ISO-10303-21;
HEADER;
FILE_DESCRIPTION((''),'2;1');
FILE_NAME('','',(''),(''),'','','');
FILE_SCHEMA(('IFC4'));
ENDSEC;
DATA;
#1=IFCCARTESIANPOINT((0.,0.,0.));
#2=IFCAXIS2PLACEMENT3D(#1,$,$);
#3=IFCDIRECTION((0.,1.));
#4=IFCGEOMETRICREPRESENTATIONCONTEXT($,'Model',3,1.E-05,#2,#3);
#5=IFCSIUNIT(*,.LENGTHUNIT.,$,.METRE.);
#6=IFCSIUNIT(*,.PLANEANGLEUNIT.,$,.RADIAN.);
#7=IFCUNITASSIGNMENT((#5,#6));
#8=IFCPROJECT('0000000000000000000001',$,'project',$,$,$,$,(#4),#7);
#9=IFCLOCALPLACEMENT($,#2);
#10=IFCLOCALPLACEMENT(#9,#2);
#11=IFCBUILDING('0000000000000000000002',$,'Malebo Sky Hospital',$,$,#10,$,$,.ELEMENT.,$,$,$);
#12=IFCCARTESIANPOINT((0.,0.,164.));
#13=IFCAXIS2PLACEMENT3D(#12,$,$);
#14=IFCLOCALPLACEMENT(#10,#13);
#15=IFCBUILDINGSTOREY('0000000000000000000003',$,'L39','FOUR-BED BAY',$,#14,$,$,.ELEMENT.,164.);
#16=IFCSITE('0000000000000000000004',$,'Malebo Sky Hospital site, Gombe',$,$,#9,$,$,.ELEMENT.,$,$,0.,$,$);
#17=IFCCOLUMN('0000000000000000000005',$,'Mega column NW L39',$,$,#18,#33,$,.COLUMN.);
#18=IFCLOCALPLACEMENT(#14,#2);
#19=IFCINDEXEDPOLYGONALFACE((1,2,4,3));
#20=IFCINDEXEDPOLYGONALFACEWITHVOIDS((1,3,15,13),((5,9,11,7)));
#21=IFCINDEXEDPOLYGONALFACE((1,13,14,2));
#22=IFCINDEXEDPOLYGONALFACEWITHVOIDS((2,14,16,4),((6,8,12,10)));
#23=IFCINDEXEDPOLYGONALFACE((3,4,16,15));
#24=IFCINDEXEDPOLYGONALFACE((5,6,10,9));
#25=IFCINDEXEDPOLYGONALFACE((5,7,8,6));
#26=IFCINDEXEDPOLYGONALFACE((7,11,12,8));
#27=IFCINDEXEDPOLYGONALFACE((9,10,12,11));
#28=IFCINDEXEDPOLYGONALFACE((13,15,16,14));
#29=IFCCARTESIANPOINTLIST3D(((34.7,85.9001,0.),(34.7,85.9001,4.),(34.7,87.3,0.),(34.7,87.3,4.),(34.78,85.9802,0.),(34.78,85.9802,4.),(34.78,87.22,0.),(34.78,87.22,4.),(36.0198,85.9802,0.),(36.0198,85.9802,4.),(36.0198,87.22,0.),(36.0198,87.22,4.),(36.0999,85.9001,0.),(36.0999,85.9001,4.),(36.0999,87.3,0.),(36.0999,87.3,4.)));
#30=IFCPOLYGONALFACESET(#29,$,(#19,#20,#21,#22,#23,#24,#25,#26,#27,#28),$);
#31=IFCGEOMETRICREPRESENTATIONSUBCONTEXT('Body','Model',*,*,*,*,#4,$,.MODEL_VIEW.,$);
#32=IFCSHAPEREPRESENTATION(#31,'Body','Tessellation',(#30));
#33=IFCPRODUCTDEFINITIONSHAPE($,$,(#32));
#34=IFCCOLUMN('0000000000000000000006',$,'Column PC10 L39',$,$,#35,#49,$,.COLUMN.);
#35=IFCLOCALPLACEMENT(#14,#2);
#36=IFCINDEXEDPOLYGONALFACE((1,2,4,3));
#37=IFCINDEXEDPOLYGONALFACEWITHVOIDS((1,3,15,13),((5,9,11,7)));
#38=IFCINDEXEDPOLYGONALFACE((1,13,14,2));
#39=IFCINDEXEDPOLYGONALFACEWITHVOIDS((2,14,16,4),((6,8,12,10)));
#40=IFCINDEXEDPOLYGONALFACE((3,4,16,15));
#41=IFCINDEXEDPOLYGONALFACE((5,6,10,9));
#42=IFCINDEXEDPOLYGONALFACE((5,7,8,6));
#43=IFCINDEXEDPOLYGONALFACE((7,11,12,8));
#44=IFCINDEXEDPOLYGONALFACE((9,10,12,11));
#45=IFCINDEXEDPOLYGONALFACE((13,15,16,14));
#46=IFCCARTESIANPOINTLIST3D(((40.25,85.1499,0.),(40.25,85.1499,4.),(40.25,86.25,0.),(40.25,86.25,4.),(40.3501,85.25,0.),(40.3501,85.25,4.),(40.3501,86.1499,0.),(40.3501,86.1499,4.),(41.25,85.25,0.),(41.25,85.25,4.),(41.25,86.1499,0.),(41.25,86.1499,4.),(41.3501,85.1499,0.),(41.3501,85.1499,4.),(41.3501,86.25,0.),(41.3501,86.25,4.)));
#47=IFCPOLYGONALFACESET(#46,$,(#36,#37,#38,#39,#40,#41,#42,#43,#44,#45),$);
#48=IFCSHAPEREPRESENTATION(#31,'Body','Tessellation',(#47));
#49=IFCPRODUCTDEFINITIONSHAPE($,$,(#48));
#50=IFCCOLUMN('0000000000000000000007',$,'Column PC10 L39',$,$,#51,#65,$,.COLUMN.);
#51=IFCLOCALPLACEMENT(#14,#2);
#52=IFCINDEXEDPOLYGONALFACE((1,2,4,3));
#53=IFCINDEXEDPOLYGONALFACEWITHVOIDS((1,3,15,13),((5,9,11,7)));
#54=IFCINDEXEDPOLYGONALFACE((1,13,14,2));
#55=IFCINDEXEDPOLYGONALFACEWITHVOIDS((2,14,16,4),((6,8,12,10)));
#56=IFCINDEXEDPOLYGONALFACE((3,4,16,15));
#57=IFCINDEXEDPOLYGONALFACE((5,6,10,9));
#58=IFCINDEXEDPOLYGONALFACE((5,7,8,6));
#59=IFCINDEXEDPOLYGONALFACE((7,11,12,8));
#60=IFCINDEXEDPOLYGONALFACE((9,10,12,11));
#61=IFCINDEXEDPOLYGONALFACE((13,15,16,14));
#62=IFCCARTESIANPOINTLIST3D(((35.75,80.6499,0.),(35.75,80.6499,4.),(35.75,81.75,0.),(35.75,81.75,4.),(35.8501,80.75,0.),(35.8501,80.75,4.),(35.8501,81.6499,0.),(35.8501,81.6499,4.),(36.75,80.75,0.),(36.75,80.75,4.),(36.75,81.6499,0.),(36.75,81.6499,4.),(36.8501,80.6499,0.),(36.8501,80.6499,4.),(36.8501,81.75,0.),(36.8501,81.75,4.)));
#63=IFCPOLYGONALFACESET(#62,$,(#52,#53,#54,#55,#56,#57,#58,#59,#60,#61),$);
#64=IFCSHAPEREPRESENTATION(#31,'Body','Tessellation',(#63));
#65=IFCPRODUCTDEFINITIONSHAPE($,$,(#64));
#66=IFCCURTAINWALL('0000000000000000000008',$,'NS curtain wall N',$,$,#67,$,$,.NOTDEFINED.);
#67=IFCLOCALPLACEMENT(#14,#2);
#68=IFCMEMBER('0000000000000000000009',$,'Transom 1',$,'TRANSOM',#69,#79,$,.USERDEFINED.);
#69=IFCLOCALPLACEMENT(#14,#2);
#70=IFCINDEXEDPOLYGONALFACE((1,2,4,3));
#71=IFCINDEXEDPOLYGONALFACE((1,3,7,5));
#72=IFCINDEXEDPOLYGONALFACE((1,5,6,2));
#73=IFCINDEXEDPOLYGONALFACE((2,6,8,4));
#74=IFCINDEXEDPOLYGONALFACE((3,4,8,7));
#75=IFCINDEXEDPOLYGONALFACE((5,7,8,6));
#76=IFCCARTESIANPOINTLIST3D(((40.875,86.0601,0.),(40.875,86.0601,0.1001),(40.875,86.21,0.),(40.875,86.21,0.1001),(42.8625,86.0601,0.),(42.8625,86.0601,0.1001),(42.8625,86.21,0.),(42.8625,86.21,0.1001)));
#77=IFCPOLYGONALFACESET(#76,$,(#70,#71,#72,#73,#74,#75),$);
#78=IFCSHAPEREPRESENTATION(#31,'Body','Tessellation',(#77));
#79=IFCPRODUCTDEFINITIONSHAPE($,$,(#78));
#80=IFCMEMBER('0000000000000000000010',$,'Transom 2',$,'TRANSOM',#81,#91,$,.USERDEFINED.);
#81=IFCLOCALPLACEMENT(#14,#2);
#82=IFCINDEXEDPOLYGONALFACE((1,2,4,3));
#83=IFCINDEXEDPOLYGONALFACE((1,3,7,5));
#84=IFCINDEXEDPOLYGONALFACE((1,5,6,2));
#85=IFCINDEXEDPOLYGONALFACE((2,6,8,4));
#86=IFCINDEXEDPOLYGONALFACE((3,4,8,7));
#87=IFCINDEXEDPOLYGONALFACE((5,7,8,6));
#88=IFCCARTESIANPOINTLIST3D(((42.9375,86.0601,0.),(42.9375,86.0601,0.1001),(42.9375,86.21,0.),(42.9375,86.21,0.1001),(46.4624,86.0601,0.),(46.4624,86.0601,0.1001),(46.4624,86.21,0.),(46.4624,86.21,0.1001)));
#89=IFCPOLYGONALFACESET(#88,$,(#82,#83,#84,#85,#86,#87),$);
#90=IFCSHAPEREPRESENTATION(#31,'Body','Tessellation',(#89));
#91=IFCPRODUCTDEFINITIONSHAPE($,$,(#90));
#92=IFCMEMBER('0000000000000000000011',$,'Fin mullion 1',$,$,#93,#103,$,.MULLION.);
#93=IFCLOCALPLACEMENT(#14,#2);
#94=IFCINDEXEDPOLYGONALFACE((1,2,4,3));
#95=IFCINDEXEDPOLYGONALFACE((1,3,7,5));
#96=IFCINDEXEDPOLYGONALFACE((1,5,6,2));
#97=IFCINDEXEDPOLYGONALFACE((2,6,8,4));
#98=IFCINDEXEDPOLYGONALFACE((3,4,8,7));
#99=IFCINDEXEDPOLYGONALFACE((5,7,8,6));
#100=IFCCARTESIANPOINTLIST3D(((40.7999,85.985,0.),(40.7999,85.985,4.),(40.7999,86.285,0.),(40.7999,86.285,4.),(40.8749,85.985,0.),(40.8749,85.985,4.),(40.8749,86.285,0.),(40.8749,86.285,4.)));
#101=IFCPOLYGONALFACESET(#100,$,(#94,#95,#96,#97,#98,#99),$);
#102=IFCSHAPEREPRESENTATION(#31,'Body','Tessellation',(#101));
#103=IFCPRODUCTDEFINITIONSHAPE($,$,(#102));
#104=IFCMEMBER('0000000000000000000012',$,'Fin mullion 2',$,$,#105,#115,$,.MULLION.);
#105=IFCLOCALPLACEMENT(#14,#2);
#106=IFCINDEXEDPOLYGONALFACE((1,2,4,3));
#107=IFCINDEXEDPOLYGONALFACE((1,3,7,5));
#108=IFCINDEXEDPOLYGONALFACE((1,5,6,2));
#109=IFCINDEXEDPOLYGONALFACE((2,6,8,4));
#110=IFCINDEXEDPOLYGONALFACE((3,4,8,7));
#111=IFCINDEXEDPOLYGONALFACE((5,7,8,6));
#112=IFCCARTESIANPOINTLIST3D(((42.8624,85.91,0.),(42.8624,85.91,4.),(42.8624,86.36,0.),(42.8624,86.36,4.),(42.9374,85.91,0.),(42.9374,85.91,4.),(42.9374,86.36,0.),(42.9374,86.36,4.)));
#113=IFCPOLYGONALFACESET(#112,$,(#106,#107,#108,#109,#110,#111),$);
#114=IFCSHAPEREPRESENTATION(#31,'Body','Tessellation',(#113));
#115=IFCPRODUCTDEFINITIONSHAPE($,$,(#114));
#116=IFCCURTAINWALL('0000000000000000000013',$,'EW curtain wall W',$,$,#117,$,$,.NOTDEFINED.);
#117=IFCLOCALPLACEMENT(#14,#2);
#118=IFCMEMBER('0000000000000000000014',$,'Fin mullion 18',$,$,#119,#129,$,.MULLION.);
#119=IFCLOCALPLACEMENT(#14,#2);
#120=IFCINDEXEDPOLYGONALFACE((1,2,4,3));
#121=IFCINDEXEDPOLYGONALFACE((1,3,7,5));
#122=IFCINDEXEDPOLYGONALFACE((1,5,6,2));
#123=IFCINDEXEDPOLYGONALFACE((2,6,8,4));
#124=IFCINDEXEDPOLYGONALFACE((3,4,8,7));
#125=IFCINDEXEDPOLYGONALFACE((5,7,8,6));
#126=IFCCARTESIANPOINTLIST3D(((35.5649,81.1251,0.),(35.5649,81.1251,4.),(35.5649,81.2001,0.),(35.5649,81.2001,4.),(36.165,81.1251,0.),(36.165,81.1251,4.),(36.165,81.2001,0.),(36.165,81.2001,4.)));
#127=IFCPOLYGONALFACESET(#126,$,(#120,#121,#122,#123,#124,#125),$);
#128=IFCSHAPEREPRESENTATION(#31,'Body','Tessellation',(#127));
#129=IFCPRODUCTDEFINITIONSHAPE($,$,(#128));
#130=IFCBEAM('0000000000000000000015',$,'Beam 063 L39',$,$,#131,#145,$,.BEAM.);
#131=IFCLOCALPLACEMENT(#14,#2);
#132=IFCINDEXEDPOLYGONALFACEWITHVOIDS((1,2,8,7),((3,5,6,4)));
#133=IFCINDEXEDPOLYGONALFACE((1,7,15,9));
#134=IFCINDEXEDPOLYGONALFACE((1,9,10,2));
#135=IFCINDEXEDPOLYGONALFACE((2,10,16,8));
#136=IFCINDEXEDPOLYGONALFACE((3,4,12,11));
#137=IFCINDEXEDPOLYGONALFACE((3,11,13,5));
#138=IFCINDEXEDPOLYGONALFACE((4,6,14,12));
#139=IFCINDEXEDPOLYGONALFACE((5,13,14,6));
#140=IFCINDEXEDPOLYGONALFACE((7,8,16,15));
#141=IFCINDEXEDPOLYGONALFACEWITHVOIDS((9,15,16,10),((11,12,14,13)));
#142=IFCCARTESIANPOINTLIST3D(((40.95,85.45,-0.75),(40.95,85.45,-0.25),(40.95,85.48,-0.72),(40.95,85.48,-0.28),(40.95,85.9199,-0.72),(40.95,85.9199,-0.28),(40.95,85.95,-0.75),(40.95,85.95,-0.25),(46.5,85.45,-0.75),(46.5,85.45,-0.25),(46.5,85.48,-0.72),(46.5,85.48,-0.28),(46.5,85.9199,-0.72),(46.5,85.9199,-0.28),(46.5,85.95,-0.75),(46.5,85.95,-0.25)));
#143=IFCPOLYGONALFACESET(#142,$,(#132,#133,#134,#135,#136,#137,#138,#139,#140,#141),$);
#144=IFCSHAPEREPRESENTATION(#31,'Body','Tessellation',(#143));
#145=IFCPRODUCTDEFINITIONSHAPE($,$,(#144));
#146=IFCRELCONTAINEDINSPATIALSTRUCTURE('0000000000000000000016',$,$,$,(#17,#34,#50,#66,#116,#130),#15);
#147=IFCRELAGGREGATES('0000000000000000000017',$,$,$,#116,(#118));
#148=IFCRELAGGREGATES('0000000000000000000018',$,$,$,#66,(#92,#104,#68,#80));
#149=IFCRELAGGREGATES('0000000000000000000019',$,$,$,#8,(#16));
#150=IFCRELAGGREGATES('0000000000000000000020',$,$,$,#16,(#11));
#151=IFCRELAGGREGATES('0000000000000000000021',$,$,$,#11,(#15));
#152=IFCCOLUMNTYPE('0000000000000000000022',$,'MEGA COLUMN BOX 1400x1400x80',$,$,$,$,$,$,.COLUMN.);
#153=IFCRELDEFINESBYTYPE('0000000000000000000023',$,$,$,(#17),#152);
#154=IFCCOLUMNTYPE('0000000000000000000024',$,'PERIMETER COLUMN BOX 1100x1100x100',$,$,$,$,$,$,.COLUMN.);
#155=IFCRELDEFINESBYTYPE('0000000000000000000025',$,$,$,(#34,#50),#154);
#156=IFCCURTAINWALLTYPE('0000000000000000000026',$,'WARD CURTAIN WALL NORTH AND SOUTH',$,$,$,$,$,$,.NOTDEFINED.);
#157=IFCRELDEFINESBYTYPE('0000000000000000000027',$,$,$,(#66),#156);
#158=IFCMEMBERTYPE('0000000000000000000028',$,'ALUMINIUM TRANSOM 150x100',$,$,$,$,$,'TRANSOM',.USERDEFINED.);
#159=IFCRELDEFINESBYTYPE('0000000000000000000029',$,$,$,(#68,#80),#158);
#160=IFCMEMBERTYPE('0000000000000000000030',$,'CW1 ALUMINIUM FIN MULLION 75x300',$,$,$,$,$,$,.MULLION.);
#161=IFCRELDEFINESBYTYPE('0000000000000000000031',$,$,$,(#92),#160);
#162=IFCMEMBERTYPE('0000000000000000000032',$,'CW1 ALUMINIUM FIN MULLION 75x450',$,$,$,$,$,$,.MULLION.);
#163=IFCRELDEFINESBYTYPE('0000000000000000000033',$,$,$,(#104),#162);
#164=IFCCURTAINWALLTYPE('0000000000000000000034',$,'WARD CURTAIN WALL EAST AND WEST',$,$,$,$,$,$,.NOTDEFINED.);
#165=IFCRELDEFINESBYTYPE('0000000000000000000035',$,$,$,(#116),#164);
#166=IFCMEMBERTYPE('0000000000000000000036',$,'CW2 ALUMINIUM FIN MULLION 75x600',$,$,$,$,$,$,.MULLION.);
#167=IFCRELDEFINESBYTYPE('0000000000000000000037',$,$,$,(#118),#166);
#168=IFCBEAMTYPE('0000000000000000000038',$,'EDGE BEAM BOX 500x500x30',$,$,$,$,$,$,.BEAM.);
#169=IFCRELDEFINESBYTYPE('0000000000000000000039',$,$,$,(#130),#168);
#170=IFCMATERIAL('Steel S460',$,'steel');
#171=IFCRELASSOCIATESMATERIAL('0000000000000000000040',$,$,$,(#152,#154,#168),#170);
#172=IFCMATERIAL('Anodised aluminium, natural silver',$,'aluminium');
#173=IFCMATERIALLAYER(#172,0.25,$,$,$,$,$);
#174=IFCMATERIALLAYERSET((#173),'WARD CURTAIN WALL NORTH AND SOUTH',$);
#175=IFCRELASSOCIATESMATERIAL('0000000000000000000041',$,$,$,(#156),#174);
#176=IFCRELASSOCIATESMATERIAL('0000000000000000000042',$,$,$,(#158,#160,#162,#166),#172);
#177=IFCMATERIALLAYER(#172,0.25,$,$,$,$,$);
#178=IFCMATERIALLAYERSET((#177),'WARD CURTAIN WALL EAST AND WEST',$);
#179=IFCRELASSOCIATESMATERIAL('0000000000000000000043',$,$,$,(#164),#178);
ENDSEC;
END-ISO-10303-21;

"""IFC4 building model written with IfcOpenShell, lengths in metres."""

from ifc_helpers import new_model, si_unit, direction, frame, origin, origin_2d, place, context, subcontext, project, spatial, rectangle, hollow_rectangle, extrude, material, layer, layer_set, material_profile, profile_set, type_object, element, aggregate, save


model = new_model("IFC4")

# Units and contexts
model_context = context("Model", 3, precision=1e-05, world=origin(), true_north=direction((0.0, 1.0)))
body_context = subcontext(model_context, "Body", "Model", "MODEL_VIEW")
ifc_project = project(units=[si_unit("LENGTHUNIT", "METRE"), si_unit("PLANEANGLEUNIT", "RADIAN")], contexts=[model_context])

# Site, building, storey
site_placement = place(None, origin())
site = spatial("IfcSite", under=ifc_project, at=site_placement, Name="Malebo Sky Hospital site, Gombe", CompositionType="ELEMENT", RefElevation=0.0)
building_placement = place(site_placement, origin())
building = spatial("IfcBuilding", under=site, at=building_placement, Name="Malebo Sky Hospital", CompositionType="ELEMENT")
storey_placement = place(building_placement, frame((0.0, 0.0, 164.0)))
storey = spatial("IfcBuildingStorey", under=building, at=storey_placement, Name="L39", Description="FOUR-BED BAY", CompositionType="ELEMENT", Elevation=164.0)

# Columns
ifc_material_1 = material(Name="Steel S460", Category="steel")
ifc_material_profile_1 = material_profile(ifc_material_1, hollow_rectangle(XDim=1.3999, YDim=1.3999, WallThickness=0.0801, at=origin_2d()), Name="BOX 1400x1400x80")
ifc_profile_set_1 = profile_set([ifc_material_profile_1], Name="Steel S460")
column_type_1 = type_object("IfcColumnType", Name="MEGA COLUMN BOX 1400x1400x80", PredefinedType="COLUMN", material=ifc_profile_set_1)
column_placement = place(storey_placement, frame((35.3999, 86.6001, 0.0), z_axis=(0.0, 0.0, 1.0), x_axis=(1.0, 0.0, 0.0)))
element("IfcColumn", 1, at=column_placement, inside=storey, type_object=column_type_1, Name="Mega column NW L39", PredefinedType="COLUMN", context=body_context, shape_type="SweptSolid", body=[
    extrude(hollow_rectangle(XDim=1.3999, YDim=1.3999, WallThickness=0.0801, at=origin_2d()), origin(), (0.0, 0.0, 1.0), 4.0),
])
ifc_material_profile_2 = material_profile(ifc_material_1, hollow_rectangle(XDim=1.1001, YDim=1.1001, WallThickness=0.1001, at=origin_2d()), Name="BOX 1100x1100x100")
ifc_profile_set_2 = profile_set([ifc_material_profile_2], Name="Steel S460")
column_type_2 = type_object("IfcColumnType", Name="PERIMETER COLUMN BOX 1100x1100x100", PredefinedType="COLUMN", material=ifc_profile_set_2)
for number, where, z_axis, x_axis, name in (
    (2, (40.8, 85.7, 0.0), (0.0, 0.0, 1.0), (1.0, 0.0, 0.0), "Column PC10 L39"),
    (3, (36.3, 81.2, 0.0), (0.0, 0.0, 1.0), (1.0, 0.0, 0.0), "Column PC10 L39"),
):
    element("IfcColumn", number, at=place(storey_placement, frame(where, z_axis=z_axis, x_axis=x_axis)), inside=storey, type_object=column_type_2, Name=name, PredefinedType="COLUMN", context=body_context, shape_type="SweptSolid", body=[
        extrude(hollow_rectangle(XDim=1.1001, YDim=1.1001, WallThickness=0.1001, at=origin_2d()), origin(), (0.0, 0.0, 1.0), 4.0),
    ])

# Curtain wall, members
ifc_material_2 = material(Name="Anodised aluminium, natural silver", Category="aluminium")
ifc_layer_1 = layer(ifc_material_2, 0.25)
ifc_layer_set_1 = layer_set([ifc_layer_1], Name="WARD CURTAIN WALL NORTH AND SOUTH")
curtain_wall_type_1 = type_object("IfcCurtainWallType", Name="WARD CURTAIN WALL NORTH AND SOUTH", PredefinedType="NOTDEFINED", material=ifc_layer_set_1)
curtain_wall_1_placement = place(storey_placement, origin())
curtain_wall_1 = element("IfcCurtainWall", 4, at=curtain_wall_1_placement, inside=storey, type_object=curtain_wall_type_1, Name="NS curtain wall N", PredefinedType="NOTDEFINED")
ifc_material_profile_3 = material_profile(ifc_material_2, rectangle(XDim=0.1499, YDim=0.1001, at=origin_2d()), Name="ALUMINIUM TRANSOM 150x100")
ifc_profile_set_3 = profile_set([ifc_material_profile_3], Name="Anodised aluminium, natural silver")
member_type_1 = type_object("IfcMemberType", Name="ALUMINIUM TRANSOM 150x100", ElementType="TRANSOM", PredefinedType="USERDEFINED", material=ifc_profile_set_3)
member_1_placement = place(storey_placement, frame((40.875, 86.135, 0.05), z_axis=(1.0, 0.0, 0.0), x_axis=(0.0, 1.0, 0.0)))
member_1 = element("IfcMember", 5, at=member_1_placement, type_object=member_type_1, Name="Transom 1", ObjectType="TRANSOM", PredefinedType="USERDEFINED", context=body_context, shape_type="SweptSolid", body=[
    extrude(rectangle(XDim=0.1499, YDim=0.1001, at=origin_2d()), origin(), (0.0, 0.0, 1.0), 1.9875),
])
member_2_placement = place(storey_placement, frame((42.9375, 86.135, 0.05), z_axis=(1.0, 0.0, 0.0), x_axis=(0.0, 1.0, 0.0)))
member_2 = element("IfcMember", 6, at=member_2_placement, type_object=member_type_1, Name="Transom 2", ObjectType="TRANSOM", PredefinedType="USERDEFINED", context=body_context, shape_type="SweptSolid", body=[
    extrude(rectangle(XDim=0.1499, YDim=0.1001, at=origin_2d()), origin(), (0.0, 0.0, 1.0), 3.5249),
])
ifc_material_profile_4 = material_profile(ifc_material_2, rectangle(XDim=0.075, YDim=0.3, at=origin_2d()), Name="CW1 ALUMINIUM FIN MULLION 75x300")
ifc_profile_set_4 = profile_set([ifc_material_profile_4], Name="Anodised aluminium, natural silver")
member_type_2 = type_object("IfcMemberType", Name="CW1 ALUMINIUM FIN MULLION 75x300", PredefinedType="MULLION", material=ifc_profile_set_4)
member_3_placement = place(storey_placement, frame((40.8374, 86.135, 0.0), z_axis=(0.0, 0.0, 1.0), x_axis=(1.0, 0.0, 0.0)))
member_3 = element("IfcMember", 7, at=member_3_placement, type_object=member_type_2, Name="Fin mullion 1", PredefinedType="MULLION", context=body_context, shape_type="SweptSolid", body=[
    extrude(rectangle(XDim=0.075, YDim=0.3, at=origin_2d()), origin(), (0.0, 0.0, 1.0), 4.0),
])
ifc_material_profile_5 = material_profile(ifc_material_2, rectangle(XDim=0.075, YDim=0.45, at=origin_2d()), Name="CW1 ALUMINIUM FIN MULLION 75x450")
ifc_profile_set_5 = profile_set([ifc_material_profile_5], Name="Anodised aluminium, natural silver")
member_type_3 = type_object("IfcMemberType", Name="CW1 ALUMINIUM FIN MULLION 75x450", PredefinedType="MULLION", material=ifc_profile_set_5)
member_4_placement = place(storey_placement, frame((42.8999, 86.135, 0.0), z_axis=(0.0, 0.0, 1.0), x_axis=(1.0, 0.0, 0.0)))
member_4 = element("IfcMember", 8, at=member_4_placement, type_object=member_type_3, Name="Fin mullion 2", PredefinedType="MULLION", context=body_context, shape_type="SweptSolid", body=[
    extrude(rectangle(XDim=0.075, YDim=0.45, at=origin_2d()), origin(), (0.0, 0.0, 1.0), 4.0),
])

# Curtain wall, member
ifc_layer_2 = layer(ifc_material_2, 0.25)
ifc_layer_set_2 = layer_set([ifc_layer_2], Name="WARD CURTAIN WALL EAST AND WEST")
curtain_wall_type_2 = type_object("IfcCurtainWallType", Name="WARD CURTAIN WALL EAST AND WEST", PredefinedType="NOTDEFINED", material=ifc_layer_set_2)
curtain_wall_2_placement = place(storey_placement, origin())
curtain_wall_2 = element("IfcCurtainWall", 9, at=curtain_wall_2_placement, inside=storey, type_object=curtain_wall_type_2, Name="EW curtain wall W", PredefinedType="NOTDEFINED")
ifc_material_profile_6 = material_profile(ifc_material_2, rectangle(XDim=0.075, YDim=0.6001, at=origin_2d()), Name="CW2 ALUMINIUM FIN MULLION 75x600")
ifc_profile_set_6 = profile_set([ifc_material_profile_6], Name="Anodised aluminium, natural silver")
member_type_4 = type_object("IfcMemberType", Name="CW2 ALUMINIUM FIN MULLION 75x600", PredefinedType="MULLION", material=ifc_profile_set_6)
member_5_placement = place(storey_placement, frame((35.865, 81.1626, 0.0), z_axis=(0.0, 0.0, 1.0), x_axis=(0.0, 1.0, 0.0)))
member_5 = element("IfcMember", 10, at=member_5_placement, type_object=member_type_4, Name="Fin mullion 18", PredefinedType="MULLION", context=body_context, shape_type="SweptSolid", body=[
    extrude(rectangle(XDim=0.075, YDim=0.6001, at=origin_2d()), origin(), (0.0, 0.0, 1.0), 4.0),
])
aggregate(curtain_wall_2, [member_5])

# Beam
ifc_material_profile_7 = material_profile(ifc_material_1, hollow_rectangle(XDim=0.5, YDim=0.5, WallThickness=0.03, at=origin_2d()), Name="BOX 500x500x30")
ifc_profile_set_7 = profile_set([ifc_material_profile_7], Name="Steel S460")
beam_type_1 = type_object("IfcBeamType", Name="EDGE BEAM BOX 500x500x30", PredefinedType="BEAM", material=ifc_profile_set_7)
beam_1_placement = place(storey_placement, frame((40.95, 85.7, -0.5), z_axis=(1.0, 0.0, 0.0), x_axis=(0.0, 1.0, 0.0)))
element("IfcBeam", 11, at=beam_1_placement, inside=storey, type_object=beam_type_1, Name="Beam 063 L39", PredefinedType="BEAM", context=body_context, shape_type="SweptSolid", body=[
    extrude(hollow_rectangle(XDim=0.5, YDim=0.5, WallThickness=0.03, at=origin_2d()), origin(), (0.0, 0.0, 1.0), 5.55),
])

aggregate(curtain_wall_1, [member_3, member_4, member_1, member_2])

save(model, "model.ifc")
